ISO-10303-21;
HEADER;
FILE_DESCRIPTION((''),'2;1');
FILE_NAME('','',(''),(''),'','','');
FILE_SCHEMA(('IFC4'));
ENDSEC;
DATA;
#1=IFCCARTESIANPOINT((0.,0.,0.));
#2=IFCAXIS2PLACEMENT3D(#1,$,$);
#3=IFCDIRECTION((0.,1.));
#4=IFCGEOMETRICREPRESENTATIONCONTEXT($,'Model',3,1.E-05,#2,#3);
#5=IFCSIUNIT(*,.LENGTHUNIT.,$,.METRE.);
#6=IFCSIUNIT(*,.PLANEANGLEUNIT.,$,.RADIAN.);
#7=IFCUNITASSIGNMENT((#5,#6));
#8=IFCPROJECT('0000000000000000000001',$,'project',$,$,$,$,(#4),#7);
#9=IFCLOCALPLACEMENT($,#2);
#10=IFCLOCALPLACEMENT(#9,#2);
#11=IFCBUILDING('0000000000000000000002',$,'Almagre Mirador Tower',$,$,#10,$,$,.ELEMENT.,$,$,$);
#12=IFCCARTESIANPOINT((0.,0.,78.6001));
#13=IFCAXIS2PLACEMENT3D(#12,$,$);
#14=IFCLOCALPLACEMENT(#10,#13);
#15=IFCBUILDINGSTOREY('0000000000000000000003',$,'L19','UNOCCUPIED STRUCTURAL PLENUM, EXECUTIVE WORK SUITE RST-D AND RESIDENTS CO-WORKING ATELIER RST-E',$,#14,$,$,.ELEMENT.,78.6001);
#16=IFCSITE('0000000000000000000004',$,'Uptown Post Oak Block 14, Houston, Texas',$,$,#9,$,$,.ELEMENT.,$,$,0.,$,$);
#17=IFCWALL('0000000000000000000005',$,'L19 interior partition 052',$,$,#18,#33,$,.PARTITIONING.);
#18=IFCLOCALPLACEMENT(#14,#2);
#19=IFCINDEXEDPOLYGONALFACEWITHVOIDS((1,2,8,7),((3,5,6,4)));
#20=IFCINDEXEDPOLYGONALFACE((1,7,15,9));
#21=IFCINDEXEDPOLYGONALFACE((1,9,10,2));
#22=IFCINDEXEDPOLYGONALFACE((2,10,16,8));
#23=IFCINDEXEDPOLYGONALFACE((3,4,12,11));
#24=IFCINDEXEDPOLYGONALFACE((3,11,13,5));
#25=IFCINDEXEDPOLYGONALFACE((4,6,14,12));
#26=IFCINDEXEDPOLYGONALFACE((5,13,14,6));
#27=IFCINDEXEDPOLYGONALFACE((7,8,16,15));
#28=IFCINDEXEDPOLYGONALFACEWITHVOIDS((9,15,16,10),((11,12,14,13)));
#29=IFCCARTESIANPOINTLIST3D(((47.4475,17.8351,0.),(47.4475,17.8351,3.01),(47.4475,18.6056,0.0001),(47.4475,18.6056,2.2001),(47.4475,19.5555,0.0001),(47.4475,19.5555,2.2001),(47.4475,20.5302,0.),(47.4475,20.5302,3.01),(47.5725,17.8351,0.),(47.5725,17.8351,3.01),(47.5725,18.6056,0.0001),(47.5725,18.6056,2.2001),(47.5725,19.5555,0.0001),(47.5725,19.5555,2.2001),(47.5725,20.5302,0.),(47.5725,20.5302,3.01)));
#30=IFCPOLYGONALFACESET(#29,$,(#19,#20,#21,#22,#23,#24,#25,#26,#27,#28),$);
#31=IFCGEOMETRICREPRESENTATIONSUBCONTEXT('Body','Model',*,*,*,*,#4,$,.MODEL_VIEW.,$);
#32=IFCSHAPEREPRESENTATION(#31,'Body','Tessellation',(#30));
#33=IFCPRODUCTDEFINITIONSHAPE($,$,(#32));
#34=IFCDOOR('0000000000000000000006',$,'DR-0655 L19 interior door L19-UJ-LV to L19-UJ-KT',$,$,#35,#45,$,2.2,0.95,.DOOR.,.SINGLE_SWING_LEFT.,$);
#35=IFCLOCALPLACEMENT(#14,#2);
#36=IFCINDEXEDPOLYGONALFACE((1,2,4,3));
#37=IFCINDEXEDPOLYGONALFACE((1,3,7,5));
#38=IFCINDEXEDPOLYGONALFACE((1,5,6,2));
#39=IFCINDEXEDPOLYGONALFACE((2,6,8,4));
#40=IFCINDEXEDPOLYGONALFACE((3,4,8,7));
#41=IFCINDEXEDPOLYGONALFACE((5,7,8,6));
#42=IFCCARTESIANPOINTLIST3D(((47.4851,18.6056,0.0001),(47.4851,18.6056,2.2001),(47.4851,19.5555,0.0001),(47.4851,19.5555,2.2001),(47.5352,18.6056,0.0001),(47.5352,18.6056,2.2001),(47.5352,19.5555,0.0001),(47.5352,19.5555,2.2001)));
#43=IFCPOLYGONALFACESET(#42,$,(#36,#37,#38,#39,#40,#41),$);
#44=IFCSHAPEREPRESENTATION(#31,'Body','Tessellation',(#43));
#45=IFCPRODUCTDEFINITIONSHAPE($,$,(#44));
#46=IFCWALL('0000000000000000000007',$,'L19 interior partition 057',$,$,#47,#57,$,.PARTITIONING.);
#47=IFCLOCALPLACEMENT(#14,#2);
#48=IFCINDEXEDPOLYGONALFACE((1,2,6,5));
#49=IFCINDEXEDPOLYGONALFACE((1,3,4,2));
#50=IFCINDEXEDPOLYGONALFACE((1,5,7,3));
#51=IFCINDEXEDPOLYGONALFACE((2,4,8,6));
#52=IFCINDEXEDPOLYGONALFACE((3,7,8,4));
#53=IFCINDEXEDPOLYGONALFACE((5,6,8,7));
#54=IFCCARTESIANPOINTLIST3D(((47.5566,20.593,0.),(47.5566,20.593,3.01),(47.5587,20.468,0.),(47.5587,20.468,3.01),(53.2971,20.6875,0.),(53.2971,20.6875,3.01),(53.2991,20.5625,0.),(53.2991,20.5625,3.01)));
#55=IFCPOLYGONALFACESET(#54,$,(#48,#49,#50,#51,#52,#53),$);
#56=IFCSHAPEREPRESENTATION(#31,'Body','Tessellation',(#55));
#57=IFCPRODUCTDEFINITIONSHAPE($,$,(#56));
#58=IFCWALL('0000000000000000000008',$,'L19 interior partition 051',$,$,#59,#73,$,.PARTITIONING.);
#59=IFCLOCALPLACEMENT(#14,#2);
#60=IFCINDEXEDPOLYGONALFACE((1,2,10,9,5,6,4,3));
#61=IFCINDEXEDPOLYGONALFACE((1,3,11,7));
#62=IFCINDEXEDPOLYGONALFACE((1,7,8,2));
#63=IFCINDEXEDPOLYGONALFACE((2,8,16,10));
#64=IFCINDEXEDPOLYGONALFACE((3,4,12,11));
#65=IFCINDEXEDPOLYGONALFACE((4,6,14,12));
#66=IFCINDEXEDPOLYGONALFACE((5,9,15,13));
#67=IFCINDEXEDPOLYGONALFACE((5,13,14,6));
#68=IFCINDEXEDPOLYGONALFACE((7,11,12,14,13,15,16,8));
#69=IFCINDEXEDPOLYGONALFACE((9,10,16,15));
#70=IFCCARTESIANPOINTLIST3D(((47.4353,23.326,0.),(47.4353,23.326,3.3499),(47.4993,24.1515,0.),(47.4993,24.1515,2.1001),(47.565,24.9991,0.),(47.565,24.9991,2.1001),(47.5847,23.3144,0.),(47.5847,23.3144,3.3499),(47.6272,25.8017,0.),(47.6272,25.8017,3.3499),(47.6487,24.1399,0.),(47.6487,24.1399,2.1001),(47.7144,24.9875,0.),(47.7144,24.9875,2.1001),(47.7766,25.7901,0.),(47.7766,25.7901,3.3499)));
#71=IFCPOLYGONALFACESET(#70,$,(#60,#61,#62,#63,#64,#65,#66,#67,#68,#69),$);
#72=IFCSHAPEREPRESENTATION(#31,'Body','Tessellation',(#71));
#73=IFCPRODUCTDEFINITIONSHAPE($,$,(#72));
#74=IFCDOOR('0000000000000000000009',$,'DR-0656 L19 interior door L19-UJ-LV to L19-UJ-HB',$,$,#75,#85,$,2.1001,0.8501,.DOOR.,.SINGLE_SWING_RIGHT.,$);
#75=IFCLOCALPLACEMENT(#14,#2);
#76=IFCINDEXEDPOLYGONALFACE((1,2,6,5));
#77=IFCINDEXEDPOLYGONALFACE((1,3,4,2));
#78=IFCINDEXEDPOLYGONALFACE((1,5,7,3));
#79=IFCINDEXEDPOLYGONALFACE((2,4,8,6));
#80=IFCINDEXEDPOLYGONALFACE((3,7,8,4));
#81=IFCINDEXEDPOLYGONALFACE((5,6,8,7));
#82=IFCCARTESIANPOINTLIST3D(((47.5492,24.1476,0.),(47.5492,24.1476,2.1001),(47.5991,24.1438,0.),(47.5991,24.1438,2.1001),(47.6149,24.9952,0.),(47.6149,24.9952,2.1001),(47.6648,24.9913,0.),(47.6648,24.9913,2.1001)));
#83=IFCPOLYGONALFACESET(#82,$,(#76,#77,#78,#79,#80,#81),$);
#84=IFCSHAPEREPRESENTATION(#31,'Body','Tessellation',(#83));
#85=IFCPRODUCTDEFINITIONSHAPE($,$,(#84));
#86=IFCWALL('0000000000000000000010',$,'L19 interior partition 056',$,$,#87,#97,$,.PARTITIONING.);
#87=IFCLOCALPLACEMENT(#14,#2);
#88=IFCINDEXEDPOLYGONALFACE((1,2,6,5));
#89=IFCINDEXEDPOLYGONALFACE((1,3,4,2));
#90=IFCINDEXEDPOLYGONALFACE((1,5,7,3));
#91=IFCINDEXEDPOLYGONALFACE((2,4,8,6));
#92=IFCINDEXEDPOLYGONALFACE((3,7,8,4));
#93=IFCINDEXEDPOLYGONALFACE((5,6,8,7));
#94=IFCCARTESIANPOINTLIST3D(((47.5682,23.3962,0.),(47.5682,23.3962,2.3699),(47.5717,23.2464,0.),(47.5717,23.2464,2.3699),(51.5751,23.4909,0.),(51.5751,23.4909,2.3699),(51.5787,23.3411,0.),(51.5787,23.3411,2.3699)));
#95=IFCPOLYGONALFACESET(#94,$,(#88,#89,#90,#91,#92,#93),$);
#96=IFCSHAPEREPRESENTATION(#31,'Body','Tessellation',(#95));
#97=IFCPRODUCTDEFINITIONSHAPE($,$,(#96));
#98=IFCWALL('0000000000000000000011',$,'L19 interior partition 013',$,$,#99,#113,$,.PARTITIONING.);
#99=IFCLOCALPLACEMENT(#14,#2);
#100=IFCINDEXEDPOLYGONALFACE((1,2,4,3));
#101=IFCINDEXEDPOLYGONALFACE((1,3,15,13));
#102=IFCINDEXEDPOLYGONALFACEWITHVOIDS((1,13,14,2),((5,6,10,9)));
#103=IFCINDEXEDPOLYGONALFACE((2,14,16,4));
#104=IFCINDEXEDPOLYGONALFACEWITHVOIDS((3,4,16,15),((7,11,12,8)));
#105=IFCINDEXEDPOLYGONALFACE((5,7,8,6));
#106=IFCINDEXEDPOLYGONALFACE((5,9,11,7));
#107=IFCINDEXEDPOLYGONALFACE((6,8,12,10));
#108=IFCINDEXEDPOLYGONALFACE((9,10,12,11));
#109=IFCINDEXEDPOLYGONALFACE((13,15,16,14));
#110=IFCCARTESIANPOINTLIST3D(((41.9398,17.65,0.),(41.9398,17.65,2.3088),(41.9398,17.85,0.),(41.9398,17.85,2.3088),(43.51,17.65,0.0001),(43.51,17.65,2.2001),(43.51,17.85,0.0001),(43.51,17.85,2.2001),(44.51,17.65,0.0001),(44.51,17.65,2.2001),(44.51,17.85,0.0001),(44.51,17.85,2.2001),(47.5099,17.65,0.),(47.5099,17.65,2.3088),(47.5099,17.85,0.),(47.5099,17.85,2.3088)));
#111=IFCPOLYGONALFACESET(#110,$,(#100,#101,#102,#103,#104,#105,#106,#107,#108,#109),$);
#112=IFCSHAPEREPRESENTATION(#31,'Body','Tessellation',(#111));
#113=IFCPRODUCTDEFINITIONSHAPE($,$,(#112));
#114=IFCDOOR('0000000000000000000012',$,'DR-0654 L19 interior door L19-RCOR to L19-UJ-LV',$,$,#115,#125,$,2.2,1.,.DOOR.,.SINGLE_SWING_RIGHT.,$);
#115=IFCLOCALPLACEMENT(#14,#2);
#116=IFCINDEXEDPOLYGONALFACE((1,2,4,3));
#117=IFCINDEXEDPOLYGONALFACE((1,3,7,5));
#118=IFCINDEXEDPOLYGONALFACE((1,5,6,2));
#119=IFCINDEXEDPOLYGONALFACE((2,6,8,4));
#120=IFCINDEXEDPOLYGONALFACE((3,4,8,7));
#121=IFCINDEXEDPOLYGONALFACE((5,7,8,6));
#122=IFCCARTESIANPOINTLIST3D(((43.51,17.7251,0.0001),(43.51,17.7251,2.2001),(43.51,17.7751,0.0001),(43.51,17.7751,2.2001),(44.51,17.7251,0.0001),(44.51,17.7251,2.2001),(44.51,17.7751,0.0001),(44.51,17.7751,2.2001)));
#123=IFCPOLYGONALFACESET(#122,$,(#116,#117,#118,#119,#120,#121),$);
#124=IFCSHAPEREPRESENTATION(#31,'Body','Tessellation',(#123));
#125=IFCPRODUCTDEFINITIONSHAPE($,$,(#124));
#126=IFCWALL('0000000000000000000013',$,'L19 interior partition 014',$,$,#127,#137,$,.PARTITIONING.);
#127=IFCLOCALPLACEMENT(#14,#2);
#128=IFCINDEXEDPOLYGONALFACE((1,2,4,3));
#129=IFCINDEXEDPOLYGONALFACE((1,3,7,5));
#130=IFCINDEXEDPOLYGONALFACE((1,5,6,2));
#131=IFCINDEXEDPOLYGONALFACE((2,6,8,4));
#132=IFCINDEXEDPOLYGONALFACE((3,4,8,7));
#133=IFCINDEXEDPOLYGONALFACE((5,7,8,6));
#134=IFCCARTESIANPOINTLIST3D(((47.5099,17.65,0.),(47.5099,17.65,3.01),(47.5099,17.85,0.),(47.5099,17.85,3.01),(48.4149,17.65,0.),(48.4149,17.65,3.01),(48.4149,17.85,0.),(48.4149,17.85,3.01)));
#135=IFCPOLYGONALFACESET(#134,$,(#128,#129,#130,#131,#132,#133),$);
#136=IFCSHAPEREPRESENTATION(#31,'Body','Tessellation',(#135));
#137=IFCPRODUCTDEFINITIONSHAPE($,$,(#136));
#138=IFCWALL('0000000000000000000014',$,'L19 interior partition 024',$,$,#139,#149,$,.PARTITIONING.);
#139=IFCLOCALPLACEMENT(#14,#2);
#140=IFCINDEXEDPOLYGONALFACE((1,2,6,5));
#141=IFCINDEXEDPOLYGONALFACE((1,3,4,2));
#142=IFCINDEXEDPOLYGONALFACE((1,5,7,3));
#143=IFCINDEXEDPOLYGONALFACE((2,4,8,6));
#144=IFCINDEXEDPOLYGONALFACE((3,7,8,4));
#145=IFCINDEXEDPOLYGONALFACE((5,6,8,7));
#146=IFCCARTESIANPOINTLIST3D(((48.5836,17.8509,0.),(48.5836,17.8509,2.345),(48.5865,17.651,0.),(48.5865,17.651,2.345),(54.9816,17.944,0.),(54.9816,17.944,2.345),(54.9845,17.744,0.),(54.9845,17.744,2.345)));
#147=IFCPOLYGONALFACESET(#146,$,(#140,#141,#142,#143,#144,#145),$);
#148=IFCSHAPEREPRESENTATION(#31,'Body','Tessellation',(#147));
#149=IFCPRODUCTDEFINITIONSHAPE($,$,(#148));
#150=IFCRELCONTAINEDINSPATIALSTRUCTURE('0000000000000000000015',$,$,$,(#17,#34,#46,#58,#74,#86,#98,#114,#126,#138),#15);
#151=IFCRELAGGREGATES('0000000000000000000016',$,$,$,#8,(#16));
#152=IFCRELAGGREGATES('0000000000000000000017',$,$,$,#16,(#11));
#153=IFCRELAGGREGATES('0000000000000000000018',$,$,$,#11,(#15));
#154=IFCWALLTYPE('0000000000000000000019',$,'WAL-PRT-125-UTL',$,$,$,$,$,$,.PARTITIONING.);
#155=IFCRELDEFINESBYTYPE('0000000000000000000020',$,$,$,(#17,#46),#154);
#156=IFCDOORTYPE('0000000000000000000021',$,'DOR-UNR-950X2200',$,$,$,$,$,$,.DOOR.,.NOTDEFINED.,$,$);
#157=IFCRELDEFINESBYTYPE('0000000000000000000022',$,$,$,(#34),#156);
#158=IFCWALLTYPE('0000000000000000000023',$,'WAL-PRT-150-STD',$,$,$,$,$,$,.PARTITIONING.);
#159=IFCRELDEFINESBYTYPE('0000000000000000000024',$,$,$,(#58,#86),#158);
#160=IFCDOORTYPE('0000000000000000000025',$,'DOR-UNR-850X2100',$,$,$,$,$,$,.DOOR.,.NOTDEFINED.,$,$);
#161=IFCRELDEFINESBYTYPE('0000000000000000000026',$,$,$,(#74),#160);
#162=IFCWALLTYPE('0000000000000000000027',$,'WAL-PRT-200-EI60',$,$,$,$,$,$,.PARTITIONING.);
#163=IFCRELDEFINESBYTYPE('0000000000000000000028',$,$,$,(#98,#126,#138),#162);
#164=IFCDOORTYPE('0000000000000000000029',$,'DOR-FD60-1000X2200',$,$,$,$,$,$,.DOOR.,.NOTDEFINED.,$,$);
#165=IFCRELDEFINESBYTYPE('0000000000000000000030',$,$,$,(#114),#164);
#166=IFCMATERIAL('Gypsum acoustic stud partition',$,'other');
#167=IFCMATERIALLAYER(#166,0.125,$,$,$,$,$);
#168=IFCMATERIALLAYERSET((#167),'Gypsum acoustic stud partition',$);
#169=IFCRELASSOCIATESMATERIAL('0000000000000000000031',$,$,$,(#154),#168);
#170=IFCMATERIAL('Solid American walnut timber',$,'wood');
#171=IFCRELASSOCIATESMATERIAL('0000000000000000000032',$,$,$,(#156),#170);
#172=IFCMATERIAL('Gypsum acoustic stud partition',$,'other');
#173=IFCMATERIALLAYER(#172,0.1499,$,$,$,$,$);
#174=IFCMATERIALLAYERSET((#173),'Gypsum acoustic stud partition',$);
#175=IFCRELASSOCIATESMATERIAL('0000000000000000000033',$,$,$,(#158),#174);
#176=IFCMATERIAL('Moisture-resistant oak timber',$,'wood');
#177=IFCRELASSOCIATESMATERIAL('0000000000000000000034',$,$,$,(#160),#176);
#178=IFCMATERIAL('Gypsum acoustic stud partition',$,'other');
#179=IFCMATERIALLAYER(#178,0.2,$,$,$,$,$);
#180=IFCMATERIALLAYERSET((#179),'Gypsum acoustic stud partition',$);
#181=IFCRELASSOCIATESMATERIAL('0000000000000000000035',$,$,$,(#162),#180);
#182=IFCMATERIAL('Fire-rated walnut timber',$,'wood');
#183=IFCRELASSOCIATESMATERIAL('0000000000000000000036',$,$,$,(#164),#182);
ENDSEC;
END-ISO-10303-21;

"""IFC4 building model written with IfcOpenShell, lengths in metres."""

from ifc_helpers import new_model, si_unit, direction, frame, frame_2d, origin, place, context, subcontext, project, spatial, rectangle, extrude, material, layer, layer_set, type_object, element, fill, save


model = new_model("IFC4")

# Units and contexts
model_context = context("Model", 3, precision=1e-05, world=origin(), true_north=direction((0.0, 1.0)))
body_context = subcontext(model_context, "Body", "Model", "MODEL_VIEW")
ifc_project = project(units=[si_unit("LENGTHUNIT", "METRE"), si_unit("PLANEANGLEUNIT", "RADIAN")], contexts=[model_context])

# Site, building, storey
site_placement = place(None, origin())
site = spatial("IfcSite", under=ifc_project, at=site_placement, Name="Uptown Post Oak Block 14, Houston, Texas", CompositionType="ELEMENT", RefElevation=0.0)
building_placement = place(site_placement, origin())
building = spatial("IfcBuilding", under=site, at=building_placement, Name="Almagre Mirador Tower", CompositionType="ELEMENT")
storey_placement = place(building_placement, frame((0.0, 0.0, 78.6001)))
storey = spatial("IfcBuildingStorey", under=building, at=storey_placement, Name="L19", Description="UNOCCUPIED STRUCTURAL PLENUM, EXECUTIVE WORK SUITE RST-D AND RESIDENTS CO-WORKING ATELIER RST-E", CompositionType="ELEMENT", Elevation=78.6001)

# Wall, opening, door
ifc_material_1 = material(Name="Gypsum acoustic stud partition", Category="other")
ifc_layer_1 = layer(ifc_material_1, 0.125)
ifc_layer_set_1 = layer_set([ifc_layer_1], Name="Gypsum acoustic stud partition")
wall_type_1 = type_object("IfcWallType", Name="WAL-PRT-125-UTL", PredefinedType="PARTITIONING", material=ifc_layer_set_1)
wall_1_placement = place(storey_placement, frame((47.51, 17.835, 0.0), z_axis=(0.0, 0.0, 1.0), x_axis=(0.0, 1.0, 0.0)))
wall_1 = element("IfcWall", 1, at=wall_1_placement, inside=storey, type_object=wall_type_1, Name="L19 interior partition 052", PredefinedType="PARTITIONING", context=body_context, shape_type="SweptSolid", body=[
    extrude(rectangle(XDim=2.6951, YDim=0.125, at=frame_2d((1.3477, 0.0))), origin(), (0.0, 0.0, 1.0), 3.01),
])
opening_1_placement = place(wall_1_placement, frame((0.7705, 0.0, 0.0)))
opening_1 = element("IfcOpeningElement", 2, at=opening_1_placement, cuts=wall_1, PredefinedType="OPENING", context=body_context, shape_type="SweptSolid", body=[
    extrude(rectangle(XDim=0.95, YDim=2.2, at=frame_2d((0.4751, 1.1001))), frame((0.0, 0.0725, 0.0), z_axis=(0.0, -1.0, 0.0), x_axis=(1.0, 0.0, 0.0)), (0.0, 0.0, 1.0), 0.145),
])
ifc_material_2 = material(Name="Solid American walnut timber", Category="wood")
door_type_1 = type_object("IfcDoorType", Name="DOR-UNR-950X2200", OperationType="NOTDEFINED", PredefinedType="DOOR", material=ifc_material_2)
door_1_placement = place(opening_1_placement, origin())
door_1 = element("IfcDoor", 3, at=door_1_placement, inside=storey, type_object=door_type_1, Name="DR-0655 L19 interior door L19-UJ-LV to L19-UJ-KT", OperationType="SINGLE_SWING_LEFT", OverallHeight=2.2, OverallWidth=0.95, PredefinedType="DOOR", context=body_context, shape_type="SweptSolid", body=[
    extrude(rectangle(XDim=0.95, YDim=2.2, at=frame_2d((0.4751, 1.1001))), frame((0.0, 0.0249, 0.0), z_axis=(0.0, -1.0, 0.0), x_axis=(1.0, 0.0, 0.0)), (0.0, 0.0, 1.0), 0.05),
])
fill(opening_1, door_1)

# Wall
wall_2_placement = place(storey_placement, frame((53.2981, 20.625, 0.0), z_axis=(0.0, 0.0, 1.0), x_axis=(-0.999865, -0.016457, 0.0)))
element("IfcWall", 4, at=wall_2_placement, inside=storey, type_object=wall_type_1, Name="L19 interior partition 057", PredefinedType="PARTITIONING", context=body_context, shape_type="SweptSolid", body=[
    extrude(rectangle(XDim=5.7412, YDim=0.125, at=frame_2d((2.8706, 0.0))), origin(), (0.0, 0.0, 1.0), 3.01),
])

# Wall, opening, door
ifc_material_3 = material(Name="Gypsum acoustic stud partition", Category="other")
ifc_layer_2 = layer(ifc_material_3, 0.1499)
ifc_layer_set_2 = layer_set([ifc_layer_2], Name="Gypsum acoustic stud partition")
wall_type_2 = type_object("IfcWallType", Name="WAL-PRT-150-STD", PredefinedType="PARTITIONING", material=ifc_layer_set_2)
wall_3_placement = place(storey_placement, frame((47.51, 23.3201, 0.0), z_axis=(0.0, 0.0, 1.0), x_axis=(0.077275, 0.99701, 0.0)))
wall_3 = element("IfcWall", 5, at=wall_3_placement, inside=storey, type_object=wall_type_2, Name="L19 interior partition 051", PredefinedType="PARTITIONING", context=body_context, shape_type="SweptSolid", body=[
    extrude(rectangle(XDim=2.4832, YDim=0.1499, at=frame_2d((1.2417, 0.0))), origin(), (0.0, 0.0, 1.0), 3.3499),
])
opening_2_placement = place(wall_3_placement, frame((0.8281, 0.0, 0.0)))
opening_2 = element("IfcOpeningElement", 6, at=opening_2_placement, cuts=wall_3, PredefinedType="OPENING", context=body_context, shape_type="SweptSolid", body=[
    extrude(rectangle(XDim=0.8501, YDim=2.1001, at=frame_2d((0.425, 1.05))), frame((0.0, 0.085, 0.0), z_axis=(0.0, -1.0, 0.0), x_axis=(1.0, 0.0, 0.0)), (0.0, 0.0, 1.0), 0.1699),
])
ifc_material_4 = material(Name="Moisture-resistant oak timber", Category="wood")
door_type_2 = type_object("IfcDoorType", Name="DOR-UNR-850X2100", OperationType="NOTDEFINED", PredefinedType="DOOR", material=ifc_material_4)
door_2_placement = place(opening_2_placement, origin())
door_2 = element("IfcDoor", 7, at=door_2_placement, inside=storey, type_object=door_type_2, Name="DR-0656 L19 interior door L19-UJ-LV to L19-UJ-HB", OperationType="SINGLE_SWING_RIGHT", OverallHeight=2.1001, OverallWidth=0.8501, PredefinedType="DOOR", context=body_context, shape_type="SweptSolid", body=[
    extrude(rectangle(XDim=0.8501, YDim=2.1001, at=frame_2d((0.425, 1.05))), frame((0.0, 0.0249, 0.0), z_axis=(0.0, -1.0, 0.0), x_axis=(1.0, 0.0, 0.0)), (0.0, 0.0, 1.0), 0.05),
])
fill(opening_2, door_2)

# Wall
wall_4_placement = place(storey_placement, frame((47.5701, 23.3213, 0.0), z_axis=(0.0, 0.0, 1.0), x_axis=(0.999721, 0.023635, 0.0)))
element("IfcWall", 8, at=wall_4_placement, inside=storey, type_object=wall_type_2, Name="L19 interior partition 056", PredefinedType="PARTITIONING", context=body_context, shape_type="SweptSolid", body=[
    extrude(rectangle(XDim=4.0081, YDim=0.1499, at=frame_2d((2.0039, 0.0))), origin(), (0.0, 0.0, 1.0), 2.3699),
])

# Wall, opening, door
ifc_material_5 = material(Name="Gypsum acoustic stud partition", Category="other")
ifc_layer_3 = layer(ifc_material_5, 0.2)
ifc_layer_set_3 = layer_set([ifc_layer_3], Name="Gypsum acoustic stud partition")
wall_type_3 = type_object("IfcWallType", Name="WAL-PRT-200-EI60", PredefinedType="PARTITIONING", material=ifc_layer_set_3)
wall_5_placement = place(storey_placement, frame((47.51, 17.75, 0.0), z_axis=(0.0, 0.0, 1.0), x_axis=(-1.0, 0.0, 0.0)))
wall_5 = element("IfcWall", 9, at=wall_5_placement, inside=storey, type_object=wall_type_3, Name="L19 interior partition 013", PredefinedType="PARTITIONING", context=body_context, shape_type="SweptSolid", body=[
    extrude(rectangle(XDim=5.5701, YDim=0.2, at=frame_2d((2.7852, 0.0))), origin(), (0.0, 0.0, 1.0), 2.3088),
])
opening_3_placement = place(wall_5_placement, frame((3.0, 0.0, 0.0)))
opening_3 = element("IfcOpeningElement", 10, at=opening_3_placement, cuts=wall_5, PredefinedType="OPENING", context=body_context, shape_type="SweptSolid", body=[
    extrude(rectangle(XDim=1.0, YDim=2.2, at=frame_2d((0.5, 1.1001))), frame((0.0, 0.1101, 0.0), z_axis=(0.0, -1.0, 0.0), x_axis=(1.0, 0.0, 0.0)), (0.0, 0.0, 1.0), 0.22),
])
ifc_material_6 = material(Name="Fire-rated walnut timber", Category="wood")
door_type_3 = type_object("IfcDoorType", Name="DOR-FD60-1000X2200", OperationType="NOTDEFINED", PredefinedType="DOOR", material=ifc_material_6)
door_3_placement = place(opening_3_placement, origin())
door_3 = element("IfcDoor", 11, at=door_3_placement, inside=storey, type_object=door_type_3, Name="DR-0654 L19 interior door L19-RCOR to L19-UJ-LV", OperationType="SINGLE_SWING_RIGHT", OverallHeight=2.2, OverallWidth=1.0, PredefinedType="DOOR", context=body_context, shape_type="SweptSolid", body=[
    extrude(rectangle(XDim=1.0, YDim=2.2, at=frame_2d((0.5, 1.1001))), frame((0.0, 0.0249, 0.0), z_axis=(0.0, -1.0, 0.0), x_axis=(1.0, 0.0, 0.0)), (0.0, 0.0, 1.0), 0.05),
])
fill(opening_3, door_3)

# Walls
wall_6_placement = place(storey_placement, frame((48.415, 17.75, 0.0), z_axis=(0.0, 0.0, 1.0), x_axis=(-1.0, 0.0, 0.0)))
element("IfcWall", 12, at=wall_6_placement, inside=storey, type_object=wall_type_3, Name="L19 interior partition 014", PredefinedType="PARTITIONING", context=body_context, shape_type="SweptSolid", body=[
    extrude(rectangle(XDim=0.905, YDim=0.2, at=frame_2d((0.4526, 0.0))), origin(), (0.0, 0.0, 1.0), 3.01),
])
wall_7_placement = place(storey_placement, frame((54.9829, 17.844, 0.0), z_axis=(0.0, 0.0, 1.0), x_axis=(-0.999894, -0.014537, 0.0)))
element("IfcWall", 13, at=wall_7_placement, inside=storey, type_object=wall_type_3, Name="L19 interior partition 024", PredefinedType="PARTITIONING", context=body_context, shape_type="SweptSolid", body=[
    extrude(rectangle(XDim=6.3987, YDim=0.2, at=frame_2d((3.1992, 0.0))), origin(), (0.0, 0.0, 1.0), 2.345),
])

save(model, "model.ifc")
